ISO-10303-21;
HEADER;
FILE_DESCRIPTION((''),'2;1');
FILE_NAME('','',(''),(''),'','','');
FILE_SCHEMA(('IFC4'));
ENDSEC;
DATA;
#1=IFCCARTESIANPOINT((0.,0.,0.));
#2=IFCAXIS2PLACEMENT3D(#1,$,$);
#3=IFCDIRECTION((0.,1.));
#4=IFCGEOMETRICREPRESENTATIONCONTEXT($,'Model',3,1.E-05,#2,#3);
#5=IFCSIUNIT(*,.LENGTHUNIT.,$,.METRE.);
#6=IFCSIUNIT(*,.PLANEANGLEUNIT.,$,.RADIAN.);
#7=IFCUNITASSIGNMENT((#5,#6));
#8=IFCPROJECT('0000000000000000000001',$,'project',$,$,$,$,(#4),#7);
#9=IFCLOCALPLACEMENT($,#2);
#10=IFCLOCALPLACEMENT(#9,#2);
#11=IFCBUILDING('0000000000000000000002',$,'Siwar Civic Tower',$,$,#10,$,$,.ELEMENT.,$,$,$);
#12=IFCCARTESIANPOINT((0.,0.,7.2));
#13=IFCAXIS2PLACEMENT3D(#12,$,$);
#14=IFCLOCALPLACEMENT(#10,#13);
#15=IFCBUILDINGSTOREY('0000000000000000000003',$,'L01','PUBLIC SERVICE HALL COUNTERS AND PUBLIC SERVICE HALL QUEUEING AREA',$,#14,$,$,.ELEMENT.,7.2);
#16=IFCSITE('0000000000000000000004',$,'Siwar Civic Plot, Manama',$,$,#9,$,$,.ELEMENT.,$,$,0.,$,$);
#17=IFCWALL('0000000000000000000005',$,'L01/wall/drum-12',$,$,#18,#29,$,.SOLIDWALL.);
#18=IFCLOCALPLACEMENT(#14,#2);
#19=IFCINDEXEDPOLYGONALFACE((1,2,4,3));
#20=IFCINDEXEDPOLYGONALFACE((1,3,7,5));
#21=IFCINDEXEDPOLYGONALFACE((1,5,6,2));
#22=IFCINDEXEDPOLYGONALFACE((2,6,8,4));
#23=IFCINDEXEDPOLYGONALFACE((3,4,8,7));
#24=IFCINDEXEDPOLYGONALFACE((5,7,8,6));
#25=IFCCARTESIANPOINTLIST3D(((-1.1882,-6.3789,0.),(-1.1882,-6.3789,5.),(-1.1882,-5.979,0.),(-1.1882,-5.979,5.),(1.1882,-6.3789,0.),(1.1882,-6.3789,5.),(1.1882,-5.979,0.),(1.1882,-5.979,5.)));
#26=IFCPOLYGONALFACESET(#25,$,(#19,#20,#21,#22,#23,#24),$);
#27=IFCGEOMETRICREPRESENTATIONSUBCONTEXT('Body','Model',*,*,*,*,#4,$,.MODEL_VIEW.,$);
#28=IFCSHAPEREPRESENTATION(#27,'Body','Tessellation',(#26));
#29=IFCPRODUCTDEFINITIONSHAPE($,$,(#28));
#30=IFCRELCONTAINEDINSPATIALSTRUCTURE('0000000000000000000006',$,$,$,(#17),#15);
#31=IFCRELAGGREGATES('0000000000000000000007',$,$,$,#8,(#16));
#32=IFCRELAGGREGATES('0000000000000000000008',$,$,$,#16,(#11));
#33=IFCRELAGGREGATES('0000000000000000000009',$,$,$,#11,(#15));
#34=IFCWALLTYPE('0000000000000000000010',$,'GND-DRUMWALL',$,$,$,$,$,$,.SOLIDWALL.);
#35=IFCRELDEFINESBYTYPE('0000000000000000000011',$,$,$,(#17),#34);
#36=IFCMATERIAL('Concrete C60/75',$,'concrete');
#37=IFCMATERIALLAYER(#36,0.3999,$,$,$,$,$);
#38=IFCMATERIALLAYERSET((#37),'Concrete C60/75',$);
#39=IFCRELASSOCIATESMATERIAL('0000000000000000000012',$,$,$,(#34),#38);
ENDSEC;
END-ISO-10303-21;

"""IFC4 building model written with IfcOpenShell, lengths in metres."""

from ifc_helpers import new_model, si_unit, direction, frame, frame_2d, origin, place, context, subcontext, project, spatial, rectangle, extrude, material, layer, layer_set, type_object, element, save


model = new_model("IFC4")

# Units and contexts
model_context = context("Model", 3, precision=1e-05, world=origin(), true_north=direction((0.0, 1.0)))
body_context = subcontext(model_context, "Body", "Model", "MODEL_VIEW")
ifc_project = project(units=[si_unit("LENGTHUNIT", "METRE"), si_unit("PLANEANGLEUNIT", "RADIAN")], contexts=[model_context])

# Site, building, storey
site_placement = place(None, origin())
site = spatial("IfcSite", under=ifc_project, at=site_placement, Name="Siwar Civic Plot, Manama", CompositionType="ELEMENT", RefElevation=0.0)
building_placement = place(site_placement, origin())
building = spatial("IfcBuilding", under=site, at=building_placement, Name="Siwar Civic Tower", CompositionType="ELEMENT")
storey_placement = place(building_placement, frame((0.0, 0.0, 7.2)))
storey = spatial("IfcBuildingStorey", under=building, at=storey_placement, Name="L01", Description="PUBLIC SERVICE HALL COUNTERS AND PUBLIC SERVICE HALL QUEUEING AREA", CompositionType="ELEMENT", Elevation=7.2)

# Wall
ifc_material_1 = material(Name="Concrete C60/75", Category="concrete")
ifc_layer_1 = layer(ifc_material_1, 0.3999)
ifc_layer_set_1 = layer_set([ifc_layer_1], Name="Concrete C60/75")
wall_type_1 = type_object("IfcWallType", Name="GND-DRUMWALL", PredefinedType="SOLIDWALL", material=ifc_layer_set_1)
for number, where, z_axis, x_axis, name in (
    (1, (-1.1882, -6.179, 0.0), (0.0, 0.0, 1.0), (1.0, 0.0, 0.0), "L01/wall/drum-12"),
):
    element("IfcWall", number, at=place(storey_placement, frame(where, z_axis=z_axis, x_axis=x_axis)), inside=storey, type_object=wall_type_1, Name=name, PredefinedType="SOLIDWALL", context=body_context, shape_type="SweptSolid", body=[
        extrude(rectangle(XDim=2.3765, YDim=0.3999, at=frame_2d((1.1882, 0.0))), origin(), (0.0, 0.0, 1.0), 5.0),
    ])

save(model, "model.ifc")
